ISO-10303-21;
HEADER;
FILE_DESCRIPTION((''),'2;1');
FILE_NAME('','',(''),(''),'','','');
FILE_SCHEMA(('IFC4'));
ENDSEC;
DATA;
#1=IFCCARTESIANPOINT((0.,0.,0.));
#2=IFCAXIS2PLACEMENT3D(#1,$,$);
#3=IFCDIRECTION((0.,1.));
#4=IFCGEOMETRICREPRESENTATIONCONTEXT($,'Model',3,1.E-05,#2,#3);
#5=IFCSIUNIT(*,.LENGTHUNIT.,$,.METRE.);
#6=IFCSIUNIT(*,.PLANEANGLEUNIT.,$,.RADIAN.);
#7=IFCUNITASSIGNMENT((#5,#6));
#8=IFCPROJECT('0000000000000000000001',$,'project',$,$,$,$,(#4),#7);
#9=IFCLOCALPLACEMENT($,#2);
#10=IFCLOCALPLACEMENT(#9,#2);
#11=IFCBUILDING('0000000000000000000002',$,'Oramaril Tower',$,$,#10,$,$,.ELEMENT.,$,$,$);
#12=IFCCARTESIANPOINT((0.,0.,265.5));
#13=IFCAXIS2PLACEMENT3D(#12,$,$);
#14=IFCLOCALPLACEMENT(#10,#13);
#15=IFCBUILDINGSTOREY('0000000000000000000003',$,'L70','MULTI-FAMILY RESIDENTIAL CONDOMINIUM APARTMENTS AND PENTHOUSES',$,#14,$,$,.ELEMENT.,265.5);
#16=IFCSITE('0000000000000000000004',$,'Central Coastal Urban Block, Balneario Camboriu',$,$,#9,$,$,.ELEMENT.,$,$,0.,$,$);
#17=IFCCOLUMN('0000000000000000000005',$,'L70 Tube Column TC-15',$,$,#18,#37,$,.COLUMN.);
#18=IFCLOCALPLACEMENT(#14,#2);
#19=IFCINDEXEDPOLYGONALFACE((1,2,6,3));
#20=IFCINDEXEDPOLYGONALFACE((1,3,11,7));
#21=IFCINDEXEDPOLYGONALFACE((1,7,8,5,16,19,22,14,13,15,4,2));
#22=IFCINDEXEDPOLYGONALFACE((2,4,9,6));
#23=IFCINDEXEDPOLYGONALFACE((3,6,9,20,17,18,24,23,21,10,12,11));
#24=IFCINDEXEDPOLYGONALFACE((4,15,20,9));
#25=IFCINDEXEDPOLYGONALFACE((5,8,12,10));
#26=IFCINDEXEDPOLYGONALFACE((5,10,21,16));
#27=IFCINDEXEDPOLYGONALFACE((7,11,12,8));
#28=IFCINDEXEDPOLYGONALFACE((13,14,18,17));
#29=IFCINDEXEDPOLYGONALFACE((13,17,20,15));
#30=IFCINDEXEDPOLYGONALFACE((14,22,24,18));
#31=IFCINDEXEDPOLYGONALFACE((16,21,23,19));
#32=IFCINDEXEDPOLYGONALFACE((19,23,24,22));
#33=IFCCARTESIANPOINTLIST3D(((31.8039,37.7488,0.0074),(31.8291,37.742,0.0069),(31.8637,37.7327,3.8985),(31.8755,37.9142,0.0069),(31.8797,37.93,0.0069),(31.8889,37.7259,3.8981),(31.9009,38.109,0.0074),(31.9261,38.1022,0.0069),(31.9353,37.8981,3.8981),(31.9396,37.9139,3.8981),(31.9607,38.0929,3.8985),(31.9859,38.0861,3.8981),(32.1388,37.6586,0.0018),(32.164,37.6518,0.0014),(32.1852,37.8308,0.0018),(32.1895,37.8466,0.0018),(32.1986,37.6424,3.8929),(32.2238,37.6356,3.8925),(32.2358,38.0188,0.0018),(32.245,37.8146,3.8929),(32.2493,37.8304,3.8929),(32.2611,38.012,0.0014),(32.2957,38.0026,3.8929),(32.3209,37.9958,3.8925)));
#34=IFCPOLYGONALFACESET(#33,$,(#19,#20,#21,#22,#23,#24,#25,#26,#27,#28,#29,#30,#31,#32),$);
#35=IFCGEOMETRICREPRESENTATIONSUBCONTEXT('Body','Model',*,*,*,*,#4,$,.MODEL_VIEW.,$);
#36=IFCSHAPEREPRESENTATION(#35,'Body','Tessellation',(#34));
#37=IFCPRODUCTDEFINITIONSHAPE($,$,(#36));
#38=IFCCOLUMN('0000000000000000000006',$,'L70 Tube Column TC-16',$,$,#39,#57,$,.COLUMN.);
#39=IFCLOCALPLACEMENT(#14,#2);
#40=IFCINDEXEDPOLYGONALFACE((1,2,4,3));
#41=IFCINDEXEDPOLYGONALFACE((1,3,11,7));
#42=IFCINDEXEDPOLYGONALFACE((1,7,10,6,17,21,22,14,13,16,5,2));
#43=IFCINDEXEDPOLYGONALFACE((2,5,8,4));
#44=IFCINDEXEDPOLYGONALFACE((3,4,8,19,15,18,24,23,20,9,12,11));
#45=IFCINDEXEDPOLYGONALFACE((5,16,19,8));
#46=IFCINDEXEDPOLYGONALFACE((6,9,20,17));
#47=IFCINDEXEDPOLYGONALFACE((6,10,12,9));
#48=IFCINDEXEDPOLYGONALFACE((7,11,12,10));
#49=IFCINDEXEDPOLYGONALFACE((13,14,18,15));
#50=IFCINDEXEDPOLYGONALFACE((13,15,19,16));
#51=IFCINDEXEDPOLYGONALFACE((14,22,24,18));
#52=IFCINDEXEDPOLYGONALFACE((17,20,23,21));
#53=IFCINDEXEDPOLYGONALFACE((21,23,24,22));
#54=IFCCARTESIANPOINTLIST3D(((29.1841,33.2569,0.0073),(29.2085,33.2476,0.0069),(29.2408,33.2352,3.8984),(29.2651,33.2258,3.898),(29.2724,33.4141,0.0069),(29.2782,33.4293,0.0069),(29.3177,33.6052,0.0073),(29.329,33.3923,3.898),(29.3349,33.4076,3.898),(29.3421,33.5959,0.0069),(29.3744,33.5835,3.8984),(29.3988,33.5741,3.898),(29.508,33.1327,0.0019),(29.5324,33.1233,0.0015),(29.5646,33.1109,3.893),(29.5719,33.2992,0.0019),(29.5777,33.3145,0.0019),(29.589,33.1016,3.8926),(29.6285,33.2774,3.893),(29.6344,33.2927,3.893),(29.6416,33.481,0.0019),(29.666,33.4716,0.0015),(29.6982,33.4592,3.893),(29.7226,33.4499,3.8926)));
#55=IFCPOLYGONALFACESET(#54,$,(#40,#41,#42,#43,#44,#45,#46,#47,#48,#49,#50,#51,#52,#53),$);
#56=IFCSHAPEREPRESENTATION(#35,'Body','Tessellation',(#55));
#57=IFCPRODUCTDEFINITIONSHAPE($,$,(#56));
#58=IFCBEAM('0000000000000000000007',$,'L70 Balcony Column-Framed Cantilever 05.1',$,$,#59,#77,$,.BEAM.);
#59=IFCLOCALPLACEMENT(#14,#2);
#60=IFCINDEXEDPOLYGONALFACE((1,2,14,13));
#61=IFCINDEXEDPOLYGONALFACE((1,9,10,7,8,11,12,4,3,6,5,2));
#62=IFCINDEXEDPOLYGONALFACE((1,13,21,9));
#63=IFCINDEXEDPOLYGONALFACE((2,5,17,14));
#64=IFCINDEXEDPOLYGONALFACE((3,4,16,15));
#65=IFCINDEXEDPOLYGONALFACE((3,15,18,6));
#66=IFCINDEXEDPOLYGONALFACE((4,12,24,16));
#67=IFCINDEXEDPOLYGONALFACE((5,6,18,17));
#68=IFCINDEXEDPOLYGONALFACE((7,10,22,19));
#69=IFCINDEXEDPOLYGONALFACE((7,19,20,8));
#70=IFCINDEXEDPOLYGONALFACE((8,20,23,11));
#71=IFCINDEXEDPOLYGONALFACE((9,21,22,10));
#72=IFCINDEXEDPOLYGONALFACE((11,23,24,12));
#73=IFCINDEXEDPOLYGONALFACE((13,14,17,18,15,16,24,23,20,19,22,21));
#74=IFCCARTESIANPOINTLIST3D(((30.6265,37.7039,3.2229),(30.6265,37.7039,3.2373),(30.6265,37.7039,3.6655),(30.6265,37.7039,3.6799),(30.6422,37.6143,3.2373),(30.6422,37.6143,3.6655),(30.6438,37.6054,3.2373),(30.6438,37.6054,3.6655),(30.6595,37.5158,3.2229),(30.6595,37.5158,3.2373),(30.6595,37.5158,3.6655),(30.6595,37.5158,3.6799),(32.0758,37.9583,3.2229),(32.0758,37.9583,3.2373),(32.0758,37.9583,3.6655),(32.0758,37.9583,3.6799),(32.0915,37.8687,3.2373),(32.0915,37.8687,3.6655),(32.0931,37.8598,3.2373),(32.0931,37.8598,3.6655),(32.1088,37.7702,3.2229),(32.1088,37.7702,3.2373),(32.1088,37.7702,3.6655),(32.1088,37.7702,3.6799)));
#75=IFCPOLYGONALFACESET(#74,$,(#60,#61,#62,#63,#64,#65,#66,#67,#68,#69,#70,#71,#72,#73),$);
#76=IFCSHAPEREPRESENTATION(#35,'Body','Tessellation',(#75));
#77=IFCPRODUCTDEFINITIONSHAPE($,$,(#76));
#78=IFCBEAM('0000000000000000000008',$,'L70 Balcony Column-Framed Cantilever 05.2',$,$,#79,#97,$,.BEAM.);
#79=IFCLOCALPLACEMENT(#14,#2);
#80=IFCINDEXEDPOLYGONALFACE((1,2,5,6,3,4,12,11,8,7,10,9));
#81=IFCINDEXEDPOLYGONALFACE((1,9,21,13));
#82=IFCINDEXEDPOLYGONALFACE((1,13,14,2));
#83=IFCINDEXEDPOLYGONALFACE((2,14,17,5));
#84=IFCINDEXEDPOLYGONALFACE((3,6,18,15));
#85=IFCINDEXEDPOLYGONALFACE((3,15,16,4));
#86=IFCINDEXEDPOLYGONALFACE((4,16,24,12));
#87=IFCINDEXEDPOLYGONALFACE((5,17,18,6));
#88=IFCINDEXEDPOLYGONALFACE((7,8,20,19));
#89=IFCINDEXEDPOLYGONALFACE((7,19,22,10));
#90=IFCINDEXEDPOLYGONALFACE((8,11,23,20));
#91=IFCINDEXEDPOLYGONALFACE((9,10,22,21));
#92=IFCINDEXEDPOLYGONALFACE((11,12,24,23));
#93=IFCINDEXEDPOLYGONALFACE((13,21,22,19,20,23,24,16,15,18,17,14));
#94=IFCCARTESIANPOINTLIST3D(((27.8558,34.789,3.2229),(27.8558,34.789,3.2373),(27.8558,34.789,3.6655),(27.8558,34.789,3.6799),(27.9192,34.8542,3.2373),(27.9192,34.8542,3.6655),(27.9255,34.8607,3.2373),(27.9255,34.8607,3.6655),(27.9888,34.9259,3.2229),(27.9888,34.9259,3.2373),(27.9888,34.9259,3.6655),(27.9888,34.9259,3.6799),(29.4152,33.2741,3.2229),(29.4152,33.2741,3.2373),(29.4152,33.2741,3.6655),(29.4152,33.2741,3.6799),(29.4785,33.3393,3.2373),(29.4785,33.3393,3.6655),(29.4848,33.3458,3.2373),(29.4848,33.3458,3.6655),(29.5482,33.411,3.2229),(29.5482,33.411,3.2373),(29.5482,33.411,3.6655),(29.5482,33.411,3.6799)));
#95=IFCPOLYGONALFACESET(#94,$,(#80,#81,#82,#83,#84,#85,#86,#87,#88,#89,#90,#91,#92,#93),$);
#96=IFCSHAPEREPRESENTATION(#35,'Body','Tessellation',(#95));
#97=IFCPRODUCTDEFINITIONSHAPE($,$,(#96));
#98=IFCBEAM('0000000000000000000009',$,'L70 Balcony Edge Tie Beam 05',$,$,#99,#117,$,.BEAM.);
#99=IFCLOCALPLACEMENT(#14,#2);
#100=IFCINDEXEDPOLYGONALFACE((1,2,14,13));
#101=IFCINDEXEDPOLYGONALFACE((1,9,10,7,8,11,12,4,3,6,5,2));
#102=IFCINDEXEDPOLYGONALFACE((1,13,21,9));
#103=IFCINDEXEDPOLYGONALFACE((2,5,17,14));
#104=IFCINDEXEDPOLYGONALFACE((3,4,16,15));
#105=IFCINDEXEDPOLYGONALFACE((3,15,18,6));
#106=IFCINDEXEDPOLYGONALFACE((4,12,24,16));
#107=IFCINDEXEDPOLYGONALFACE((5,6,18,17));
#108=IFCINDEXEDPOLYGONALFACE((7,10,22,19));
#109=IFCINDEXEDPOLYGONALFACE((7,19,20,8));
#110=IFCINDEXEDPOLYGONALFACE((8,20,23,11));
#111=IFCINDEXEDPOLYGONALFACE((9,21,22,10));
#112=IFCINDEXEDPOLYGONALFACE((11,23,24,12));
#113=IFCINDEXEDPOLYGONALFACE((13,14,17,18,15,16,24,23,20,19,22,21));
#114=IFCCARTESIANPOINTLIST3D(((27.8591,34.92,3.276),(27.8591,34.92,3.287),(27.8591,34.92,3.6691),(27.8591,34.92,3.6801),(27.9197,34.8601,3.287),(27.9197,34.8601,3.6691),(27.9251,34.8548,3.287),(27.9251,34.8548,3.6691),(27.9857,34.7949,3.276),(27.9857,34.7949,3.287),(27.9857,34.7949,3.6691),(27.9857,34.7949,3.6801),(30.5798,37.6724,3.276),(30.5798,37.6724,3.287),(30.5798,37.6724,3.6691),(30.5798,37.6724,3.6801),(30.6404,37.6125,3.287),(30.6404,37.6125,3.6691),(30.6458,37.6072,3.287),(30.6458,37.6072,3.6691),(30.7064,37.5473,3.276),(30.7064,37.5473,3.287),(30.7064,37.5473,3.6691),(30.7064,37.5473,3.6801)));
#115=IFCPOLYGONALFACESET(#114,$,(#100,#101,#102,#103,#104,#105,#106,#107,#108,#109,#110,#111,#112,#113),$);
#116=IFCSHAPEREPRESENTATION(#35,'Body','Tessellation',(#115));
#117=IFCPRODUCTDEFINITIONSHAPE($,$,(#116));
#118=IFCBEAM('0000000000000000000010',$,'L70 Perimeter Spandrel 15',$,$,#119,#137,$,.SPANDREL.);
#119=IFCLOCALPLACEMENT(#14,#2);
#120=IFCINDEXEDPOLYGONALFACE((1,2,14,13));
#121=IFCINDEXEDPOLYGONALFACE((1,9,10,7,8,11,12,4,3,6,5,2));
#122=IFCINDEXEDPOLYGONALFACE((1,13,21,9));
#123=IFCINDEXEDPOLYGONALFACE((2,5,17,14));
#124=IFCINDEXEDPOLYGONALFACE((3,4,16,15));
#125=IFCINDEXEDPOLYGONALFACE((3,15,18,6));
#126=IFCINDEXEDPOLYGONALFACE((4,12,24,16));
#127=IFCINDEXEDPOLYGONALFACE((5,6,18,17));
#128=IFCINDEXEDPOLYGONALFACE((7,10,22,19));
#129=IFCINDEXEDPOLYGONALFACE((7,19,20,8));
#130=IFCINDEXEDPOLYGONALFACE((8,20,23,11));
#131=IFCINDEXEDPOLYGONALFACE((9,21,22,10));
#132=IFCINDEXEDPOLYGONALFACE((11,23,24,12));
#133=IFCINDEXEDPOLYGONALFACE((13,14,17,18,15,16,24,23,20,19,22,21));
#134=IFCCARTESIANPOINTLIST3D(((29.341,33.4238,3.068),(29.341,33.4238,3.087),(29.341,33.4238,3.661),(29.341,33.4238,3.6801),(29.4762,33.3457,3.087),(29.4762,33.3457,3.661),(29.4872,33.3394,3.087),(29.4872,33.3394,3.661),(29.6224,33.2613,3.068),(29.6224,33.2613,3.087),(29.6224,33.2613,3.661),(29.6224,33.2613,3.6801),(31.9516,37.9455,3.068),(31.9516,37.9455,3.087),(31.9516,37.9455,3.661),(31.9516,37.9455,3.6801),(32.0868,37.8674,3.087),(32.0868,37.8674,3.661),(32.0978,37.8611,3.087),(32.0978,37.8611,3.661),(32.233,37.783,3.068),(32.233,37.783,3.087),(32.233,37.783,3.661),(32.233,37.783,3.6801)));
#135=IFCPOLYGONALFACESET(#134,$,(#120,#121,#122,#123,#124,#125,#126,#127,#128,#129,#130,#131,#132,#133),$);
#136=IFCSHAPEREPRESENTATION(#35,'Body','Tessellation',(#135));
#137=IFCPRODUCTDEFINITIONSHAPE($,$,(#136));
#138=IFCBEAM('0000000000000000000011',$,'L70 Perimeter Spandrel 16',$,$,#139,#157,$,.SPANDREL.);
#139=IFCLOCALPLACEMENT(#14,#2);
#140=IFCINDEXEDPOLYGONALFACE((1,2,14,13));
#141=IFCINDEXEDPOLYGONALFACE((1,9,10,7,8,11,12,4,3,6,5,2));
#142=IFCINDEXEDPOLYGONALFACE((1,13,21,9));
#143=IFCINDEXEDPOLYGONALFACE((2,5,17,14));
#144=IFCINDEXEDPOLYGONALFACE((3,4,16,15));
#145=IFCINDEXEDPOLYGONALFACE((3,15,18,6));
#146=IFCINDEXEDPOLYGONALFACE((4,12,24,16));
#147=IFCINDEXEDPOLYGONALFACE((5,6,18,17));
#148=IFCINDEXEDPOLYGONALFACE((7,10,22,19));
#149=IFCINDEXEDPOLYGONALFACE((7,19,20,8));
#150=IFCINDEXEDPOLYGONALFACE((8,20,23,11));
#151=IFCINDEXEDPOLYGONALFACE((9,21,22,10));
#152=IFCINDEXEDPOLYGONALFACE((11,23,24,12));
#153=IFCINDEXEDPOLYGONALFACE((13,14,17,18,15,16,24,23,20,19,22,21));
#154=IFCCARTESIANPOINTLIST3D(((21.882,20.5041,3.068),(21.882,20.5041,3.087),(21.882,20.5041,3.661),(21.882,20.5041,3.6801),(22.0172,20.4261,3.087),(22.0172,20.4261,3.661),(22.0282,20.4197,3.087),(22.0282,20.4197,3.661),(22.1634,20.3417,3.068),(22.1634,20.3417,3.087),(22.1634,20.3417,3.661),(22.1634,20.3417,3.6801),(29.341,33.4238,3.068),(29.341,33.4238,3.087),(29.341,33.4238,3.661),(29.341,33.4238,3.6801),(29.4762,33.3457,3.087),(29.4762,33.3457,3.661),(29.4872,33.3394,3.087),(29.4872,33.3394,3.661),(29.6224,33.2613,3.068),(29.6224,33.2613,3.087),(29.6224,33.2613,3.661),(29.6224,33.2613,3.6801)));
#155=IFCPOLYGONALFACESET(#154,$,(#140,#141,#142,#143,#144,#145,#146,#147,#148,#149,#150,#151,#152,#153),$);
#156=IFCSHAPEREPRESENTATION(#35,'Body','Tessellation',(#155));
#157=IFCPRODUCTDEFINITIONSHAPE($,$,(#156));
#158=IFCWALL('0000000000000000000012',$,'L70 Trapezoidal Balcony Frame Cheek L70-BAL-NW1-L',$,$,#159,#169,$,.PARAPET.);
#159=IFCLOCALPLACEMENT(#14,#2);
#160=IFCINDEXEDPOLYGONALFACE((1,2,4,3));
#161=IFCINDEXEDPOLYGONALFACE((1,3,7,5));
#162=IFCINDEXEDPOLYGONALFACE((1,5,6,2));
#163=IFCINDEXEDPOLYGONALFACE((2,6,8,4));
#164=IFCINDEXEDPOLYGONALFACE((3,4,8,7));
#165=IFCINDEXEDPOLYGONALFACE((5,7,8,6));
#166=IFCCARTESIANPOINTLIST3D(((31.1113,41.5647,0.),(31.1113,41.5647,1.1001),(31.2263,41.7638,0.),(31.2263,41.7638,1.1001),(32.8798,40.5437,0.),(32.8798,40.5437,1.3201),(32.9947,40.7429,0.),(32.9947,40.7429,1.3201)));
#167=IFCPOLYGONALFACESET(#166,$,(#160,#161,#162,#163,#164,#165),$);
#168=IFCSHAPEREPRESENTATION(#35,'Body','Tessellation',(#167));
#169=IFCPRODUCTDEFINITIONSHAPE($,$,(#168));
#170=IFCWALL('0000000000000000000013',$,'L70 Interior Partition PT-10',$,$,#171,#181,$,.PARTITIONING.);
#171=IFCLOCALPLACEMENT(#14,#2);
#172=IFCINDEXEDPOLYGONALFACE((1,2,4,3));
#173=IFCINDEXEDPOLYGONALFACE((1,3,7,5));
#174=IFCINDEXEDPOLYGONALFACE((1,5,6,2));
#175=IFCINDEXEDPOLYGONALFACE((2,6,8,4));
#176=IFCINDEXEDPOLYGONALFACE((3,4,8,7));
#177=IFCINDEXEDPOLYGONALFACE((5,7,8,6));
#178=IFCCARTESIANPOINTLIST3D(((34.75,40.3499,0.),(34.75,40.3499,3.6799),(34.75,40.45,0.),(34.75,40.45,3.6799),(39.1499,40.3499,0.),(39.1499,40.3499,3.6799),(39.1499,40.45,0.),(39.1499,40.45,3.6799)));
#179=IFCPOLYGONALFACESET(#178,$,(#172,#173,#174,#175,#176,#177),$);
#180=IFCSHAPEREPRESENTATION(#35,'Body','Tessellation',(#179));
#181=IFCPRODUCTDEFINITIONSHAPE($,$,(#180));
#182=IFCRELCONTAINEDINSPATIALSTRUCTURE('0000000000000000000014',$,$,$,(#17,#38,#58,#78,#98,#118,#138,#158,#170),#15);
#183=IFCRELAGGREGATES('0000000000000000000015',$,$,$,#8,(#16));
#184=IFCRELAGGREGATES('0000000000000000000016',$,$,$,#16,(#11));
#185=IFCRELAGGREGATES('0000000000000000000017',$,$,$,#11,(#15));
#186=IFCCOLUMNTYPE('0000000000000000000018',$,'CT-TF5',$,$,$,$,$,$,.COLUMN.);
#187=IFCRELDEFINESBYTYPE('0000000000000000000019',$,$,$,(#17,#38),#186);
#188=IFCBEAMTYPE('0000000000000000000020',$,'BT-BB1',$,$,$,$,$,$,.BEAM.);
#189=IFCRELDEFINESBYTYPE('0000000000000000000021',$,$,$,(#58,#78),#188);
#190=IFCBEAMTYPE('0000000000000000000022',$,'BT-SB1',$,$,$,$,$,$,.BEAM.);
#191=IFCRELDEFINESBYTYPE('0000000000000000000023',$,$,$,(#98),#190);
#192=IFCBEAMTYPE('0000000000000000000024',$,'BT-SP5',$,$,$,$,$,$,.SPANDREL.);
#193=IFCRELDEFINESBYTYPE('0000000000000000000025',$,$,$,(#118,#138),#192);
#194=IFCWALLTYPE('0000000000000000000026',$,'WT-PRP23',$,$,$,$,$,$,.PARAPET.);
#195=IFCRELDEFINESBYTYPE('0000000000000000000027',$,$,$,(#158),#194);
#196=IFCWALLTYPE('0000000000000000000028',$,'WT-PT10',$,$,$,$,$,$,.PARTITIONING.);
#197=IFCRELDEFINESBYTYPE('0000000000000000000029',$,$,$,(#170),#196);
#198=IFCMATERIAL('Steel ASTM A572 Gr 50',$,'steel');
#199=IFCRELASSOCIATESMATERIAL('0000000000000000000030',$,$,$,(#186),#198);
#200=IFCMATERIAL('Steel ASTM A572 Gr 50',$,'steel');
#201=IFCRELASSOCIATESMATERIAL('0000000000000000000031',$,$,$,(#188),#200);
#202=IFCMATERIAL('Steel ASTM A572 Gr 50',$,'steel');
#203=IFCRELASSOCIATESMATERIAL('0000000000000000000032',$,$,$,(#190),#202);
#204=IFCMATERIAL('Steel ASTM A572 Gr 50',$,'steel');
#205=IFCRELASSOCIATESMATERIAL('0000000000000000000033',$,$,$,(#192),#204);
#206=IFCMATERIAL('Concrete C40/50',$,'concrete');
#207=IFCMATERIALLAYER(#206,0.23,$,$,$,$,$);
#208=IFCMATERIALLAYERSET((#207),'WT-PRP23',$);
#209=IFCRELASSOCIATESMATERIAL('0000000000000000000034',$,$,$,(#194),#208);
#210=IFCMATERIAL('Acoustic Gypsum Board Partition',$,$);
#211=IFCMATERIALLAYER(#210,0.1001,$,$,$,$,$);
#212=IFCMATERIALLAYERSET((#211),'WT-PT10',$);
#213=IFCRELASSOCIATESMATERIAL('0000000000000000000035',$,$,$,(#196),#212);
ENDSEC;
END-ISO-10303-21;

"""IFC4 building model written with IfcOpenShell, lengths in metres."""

from ifc_helpers import new_model, si_unit, direction, frame, frame_2d, origin, origin_2d, place, context, subcontext, project, spatial, polyline, rectangle, i_section, outline, extrude, material, layer, layer_set, material_profile, profile_set, type_object, element, save


model = new_model("IFC4")

# Units and contexts
model_context = context("Model", 3, precision=1e-05, world=origin(), true_north=direction((0.0, 1.0)))
body_context = subcontext(model_context, "Body", "Model", "MODEL_VIEW")
ifc_project = project(units=[si_unit("LENGTHUNIT", "METRE"), si_unit("PLANEANGLEUNIT", "RADIAN")], contexts=[model_context])

# Site, building, storey
site_placement = place(None, origin())
site = spatial("IfcSite", under=ifc_project, at=site_placement, Name="Central Coastal Urban Block, Balneario Camboriu", CompositionType="ELEMENT", RefElevation=0.0)
building_placement = place(site_placement, origin())
building = spatial("IfcBuilding", under=site, at=building_placement, Name="Oramaril Tower", CompositionType="ELEMENT")
storey_placement = place(building_placement, frame((0.0, 0.0, 265.5)))
storey = spatial("IfcBuildingStorey", under=building, at=storey_placement, Name="L70", Description="MULTI-FAMILY RESIDENTIAL CONDOMINIUM APARTMENTS AND PENTHOUSES", CompositionType="ELEMENT", Elevation=265.5)

# Columns
ifc_material_1 = material(Name="Steel ASTM A572 Gr 50", Category="steel")
ifc_material_profile_1 = material_profile(ifc_material_1, i_section(OverallWidth=0.373, OverallDepth=0.373, WebThickness=0.0164, FlangeThickness=0.0261, at=origin_2d()), Name="W14X132")
ifc_profile_set_1 = profile_set([ifc_material_profile_1], Name="Steel ASTM A572 Gr 50")
column_type = type_object("IfcColumnType", Name="CT-TF5", PredefinedType="COLUMN", material=ifc_profile_set_1)
for number, where, z_axis, x_axis, name in (
    (1, (32.0325, 37.8804, 0.0044), (0.01537, -0.004141, 0.999873), (0.260115, 0.965578, 0.0), "L70 Tube Column TC-15"),
    (2, (29.425, 33.3643, 0.0044), (0.014555, -0.005583, 0.999878), (0.35817, 0.933656, 0.0), "L70 Tube Column TC-16"),
):
    element("IfcColumn", number, at=place(storey_placement, frame(where, z_axis=z_axis, x_axis=x_axis)), inside=storey, type_object=column_type, Name=name, PredefinedType="COLUMN", context=body_context, shape_type="SweptSolid", body=[
        extrude(i_section(OverallWidth=0.373, OverallDepth=0.373, WebThickness=0.0164, FlangeThickness=0.0261, at=origin_2d()), origin(), (0.0, 0.0, 1.0), 3.8916),
    ])

# Beams
ifc_material_2 = material(Name="Steel ASTM A572 Gr 50", Category="steel")
ifc_material_profile_2 = material_profile(ifc_material_2, i_section(OverallWidth=0.1909, OverallDepth=0.457, WebThickness=0.009, FlangeThickness=0.0144, at=origin_2d()), Name="W18X50")
ifc_profile_set_2 = profile_set([ifc_material_profile_2], Name="Steel ASTM A572 Gr 50")
beam_type_1 = type_object("IfcBeamType", Name="BT-BB1", PredefinedType="BEAM", material=ifc_profile_set_2)
beam_1_placement = place(storey_placement, frame((32.0923, 37.8643, 3.4514), z_axis=(-0.98494, -0.172895, 0.0), x_axis=(0.172895, -0.98494, 0.0)))
element("IfcBeam", 3, at=beam_1_placement, inside=storey, type_object=beam_type_1, Name="L70 Balcony Column-Framed Cantilever 05.1", PredefinedType="BEAM", context=body_context, shape_type="SweptSolid", body=[
    extrude(i_section(OverallWidth=0.1909, OverallDepth=0.457, WebThickness=0.009, FlangeThickness=0.0144, at=origin_2d()), origin(), (0.0, 0.0, 1.0), 1.4714),
])
beam_2_placement = place(storey_placement, frame((29.4817, 33.3425, 3.4514), z_axis=(-0.717252, 0.696814, 0.0), x_axis=(-0.696814, -0.717252, 0.0)))
element("IfcBeam", 4, at=beam_2_placement, inside=storey, type_object=beam_type_1, Name="L70 Balcony Column-Framed Cantilever 05.2", PredefinedType="BEAM", context=body_context, shape_type="SweptSolid", body=[
    extrude(i_section(OverallWidth=0.1909, OverallDepth=0.457, WebThickness=0.009, FlangeThickness=0.0144, at=origin_2d()), origin(), (0.0, 0.0, 1.0), 2.1741),
])
ifc_material_3 = material(Name="Steel ASTM A572 Gr 50", Category="steel")
ifc_material_profile_3 = material_profile(ifc_material_3, i_section(OverallWidth=0.178, OverallDepth=0.4041, WebThickness=0.0076, FlangeThickness=0.011, at=origin_2d()), Name="W16X36")
ifc_profile_set_3 = profile_set([ifc_material_profile_3], Name="Steel ASTM A572 Gr 50")
beam_type_2 = type_object("IfcBeamType", Name="BT-SB1", PredefinedType="BEAM", material=ifc_profile_set_3)
beam_3_placement = place(storey_placement, frame((30.6431, 37.6099, 3.478), z_axis=(-0.702995, -0.711195, 0.0), x_axis=(0.711195, -0.702995, 0.0)))
element("IfcBeam", 5, at=beam_3_placement, inside=storey, type_object=beam_type_2, Name="L70 Balcony Edge Tie Beam 05", PredefinedType="BEAM", context=body_context, shape_type="SweptSolid", body=[
    extrude(i_section(OverallWidth=0.178, OverallDepth=0.4041, WebThickness=0.0076, FlangeThickness=0.011, at=origin_2d()), origin(), (0.0, 0.0, 1.0), 3.8701),
])
ifc_material_4 = material(Name="Steel ASTM A572 Gr 50", Category="steel")
ifc_material_profile_4 = material_profile(ifc_material_4, i_section(OverallWidth=0.325, OverallDepth=0.6121, WebThickness=0.0127, FlangeThickness=0.019, at=origin_2d()), Name="W24X104")
ifc_profile_set_4 = profile_set([ifc_material_profile_4], Name="Steel ASTM A572 Gr 50")
beam_type_3 = type_object("IfcBeamType", Name="BT-SP5", PredefinedType="SPANDREL", material=ifc_profile_set_4)
beam_4_placement = place(storey_placement, frame((32.0923, 37.8643, 3.374), z_axis=(-0.499996, -0.866028, 0.0), x_axis=(0.866028, -0.499996, 0.0)))
element("IfcBeam", 6, at=beam_4_placement, inside=storey, type_object=beam_type_3, Name="L70 Perimeter Spandrel 15", PredefinedType="SPANDREL", context=body_context, shape_type="SweptSolid", body=[
    extrude(i_section(OverallWidth=0.325, OverallDepth=0.6121, WebThickness=0.0127, FlangeThickness=0.019, at=origin_2d()), origin(), (0.0, 0.0, 1.0), 5.2212),
])
beam_5_placement = place(storey_placement, frame((29.4817, 33.3425, 3.374), z_axis=(-0.49999, -0.866031, 0.0), x_axis=(0.866031, -0.49999, 0.0)))
element("IfcBeam", 7, at=beam_5_placement, inside=storey, type_object=beam_type_3, Name="L70 Perimeter Spandrel 16", PredefinedType="SPANDREL", context=body_context, shape_type="SweptSolid", body=[
    extrude(i_section(OverallWidth=0.325, OverallDepth=0.6121, WebThickness=0.0127, FlangeThickness=0.019, at=origin_2d()), origin(), (0.0, 0.0, 1.0), 14.9182),
])

# Walls
ifc_material_5 = material(Name="Concrete C40/50", Category="concrete")
ifc_layer_1 = layer(ifc_material_5, 0.23)
ifc_layer_set_1 = layer_set([ifc_layer_1], Name="WT-PRP23")
wall_type_1 = type_object("IfcWallType", Name="WT-PRP23", PredefinedType="PARAPET", material=ifc_layer_set_1)
wall_1_placement = place(storey_placement, frame((32.9373, 40.6433, 0.0), z_axis=(0.0, 0.0, 1.0), x_axis=(-0.866042, 0.499971, 0.0)))
element("IfcWall", 8, at=wall_1_placement, inside=storey, type_object=wall_type_1, Name="L70 Trapezoidal Balcony Frame Cheek L70-BAL-NW1-L", PredefinedType="PARAPET", context=body_context, shape_type="SweptSolid", body=[
    extrude(outline(polyline([(0.0, 0.0), (2.042, 0.0), (2.042, 1.1001), (0.0, 1.3201), (0.0, 0.0)])), frame((0.0, 0.115, 0.0), z_axis=(0.0, -1.0, 0.0), x_axis=(1.0, 0.0, 0.0)), (0.0, 0.0, 1.0), 0.23),
])
ifc_material_6 = material(Name="Acoustic Gypsum Board Partition")
ifc_layer_2 = layer(ifc_material_6, 0.1001)
ifc_layer_set_2 = layer_set([ifc_layer_2], Name="WT-PT10")
wall_type_2 = type_object("IfcWallType", Name="WT-PT10", PredefinedType="PARTITIONING", material=ifc_layer_set_2)
wall_2_placement = place(storey_placement, frame((34.75, 40.3999, 0.0), z_axis=(0.0, 0.0, 1.0), x_axis=(1.0, 0.0, 0.0)))
element("IfcWall", 9, at=wall_2_placement, inside=storey, type_object=wall_type_2, Name="L70 Interior Partition PT-10", PredefinedType="PARTITIONING", context=body_context, shape_type="SweptSolid", body=[
    extrude(rectangle(XDim=4.3999, YDim=0.1001, at=frame_2d((2.2, 0.0))), origin(), (0.0, 0.0, 1.0), 3.6799),
])

save(model, "model.ifc")
